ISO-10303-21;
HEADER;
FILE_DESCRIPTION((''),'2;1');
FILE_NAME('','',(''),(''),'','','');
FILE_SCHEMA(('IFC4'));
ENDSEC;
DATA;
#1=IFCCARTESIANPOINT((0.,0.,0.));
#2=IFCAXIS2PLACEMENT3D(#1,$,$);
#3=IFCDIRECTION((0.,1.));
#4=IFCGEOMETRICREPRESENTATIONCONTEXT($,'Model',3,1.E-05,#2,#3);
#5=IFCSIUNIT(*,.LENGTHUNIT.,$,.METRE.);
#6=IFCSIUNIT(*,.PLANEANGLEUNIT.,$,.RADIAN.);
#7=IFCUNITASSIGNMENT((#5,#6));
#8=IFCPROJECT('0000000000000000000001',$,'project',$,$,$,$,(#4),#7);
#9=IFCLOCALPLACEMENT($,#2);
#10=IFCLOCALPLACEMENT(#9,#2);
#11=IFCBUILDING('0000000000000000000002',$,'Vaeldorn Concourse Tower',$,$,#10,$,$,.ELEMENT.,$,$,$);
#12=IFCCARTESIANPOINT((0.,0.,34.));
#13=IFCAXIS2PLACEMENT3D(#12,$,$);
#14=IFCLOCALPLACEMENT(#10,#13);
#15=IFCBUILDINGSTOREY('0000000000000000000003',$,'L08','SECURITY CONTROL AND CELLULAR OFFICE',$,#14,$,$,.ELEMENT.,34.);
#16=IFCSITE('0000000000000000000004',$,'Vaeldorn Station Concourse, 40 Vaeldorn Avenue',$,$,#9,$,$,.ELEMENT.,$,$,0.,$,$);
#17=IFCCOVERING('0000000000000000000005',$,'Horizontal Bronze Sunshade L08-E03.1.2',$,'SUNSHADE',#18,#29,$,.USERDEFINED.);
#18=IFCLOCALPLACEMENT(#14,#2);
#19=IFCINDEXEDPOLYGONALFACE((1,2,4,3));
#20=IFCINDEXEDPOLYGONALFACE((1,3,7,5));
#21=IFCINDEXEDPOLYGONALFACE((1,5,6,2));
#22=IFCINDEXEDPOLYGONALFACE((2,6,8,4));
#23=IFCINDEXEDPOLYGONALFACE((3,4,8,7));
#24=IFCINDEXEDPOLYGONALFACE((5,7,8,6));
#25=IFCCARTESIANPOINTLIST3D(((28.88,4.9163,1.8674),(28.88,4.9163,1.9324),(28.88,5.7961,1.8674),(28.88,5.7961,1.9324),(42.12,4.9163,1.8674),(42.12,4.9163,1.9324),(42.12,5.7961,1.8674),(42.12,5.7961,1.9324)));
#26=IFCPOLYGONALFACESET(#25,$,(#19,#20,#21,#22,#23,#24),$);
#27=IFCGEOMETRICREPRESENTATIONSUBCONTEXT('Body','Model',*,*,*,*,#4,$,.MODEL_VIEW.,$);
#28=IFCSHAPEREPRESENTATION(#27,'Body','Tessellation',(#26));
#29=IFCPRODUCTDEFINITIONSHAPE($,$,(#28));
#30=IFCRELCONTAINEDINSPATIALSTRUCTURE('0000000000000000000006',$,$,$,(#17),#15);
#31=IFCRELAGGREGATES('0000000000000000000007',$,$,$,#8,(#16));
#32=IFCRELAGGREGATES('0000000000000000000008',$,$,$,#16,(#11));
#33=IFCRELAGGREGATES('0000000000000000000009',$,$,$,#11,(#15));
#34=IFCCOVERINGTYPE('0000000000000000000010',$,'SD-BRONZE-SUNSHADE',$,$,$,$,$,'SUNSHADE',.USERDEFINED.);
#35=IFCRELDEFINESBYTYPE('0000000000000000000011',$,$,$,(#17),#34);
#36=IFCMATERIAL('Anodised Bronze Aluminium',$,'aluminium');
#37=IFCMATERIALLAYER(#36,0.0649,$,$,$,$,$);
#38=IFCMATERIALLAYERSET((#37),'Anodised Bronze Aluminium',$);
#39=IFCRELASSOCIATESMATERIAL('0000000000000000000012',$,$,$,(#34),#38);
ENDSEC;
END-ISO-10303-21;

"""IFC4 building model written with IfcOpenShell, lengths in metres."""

from ifc_helpers import new_model, si_unit, direction, frame, origin, origin_2d, place, context, subcontext, project, spatial, rectangle, extrude, source, transform, mapped, material, layer, layer_set, type_object, element, save


model = new_model("IFC4")

# Units and contexts
model_context = context("Model", 3, precision=1e-05, world=origin(), true_north=direction((0.0, 1.0)))
body_context = subcontext(model_context, "Body", "Model", "MODEL_VIEW")
ifc_project = project(units=[si_unit("LENGTHUNIT", "METRE"), si_unit("PLANEANGLEUNIT", "RADIAN")], contexts=[model_context])

# Site, building, storey
site_placement = place(None, origin())
site = spatial("IfcSite", under=ifc_project, at=site_placement, Name="Vaeldorn Station Concourse, 40 Vaeldorn Avenue", CompositionType="ELEMENT", RefElevation=0.0)
building_placement = place(site_placement, origin())
building = spatial("IfcBuilding", under=site, at=building_placement, Name="Vaeldorn Concourse Tower", CompositionType="ELEMENT")
storey_placement = place(building_placement, frame((0.0, 0.0, 34.0)))
storey = spatial("IfcBuildingStorey", under=building, at=storey_placement, Name="L08", Description="SECURITY CONTROL AND CELLULAR OFFICE", CompositionType="ELEMENT", Elevation=34.0)

# Shared definitions
ifc_material_1 = material(Name="Anodised Bronze Aluminium", Category="aluminium")

# Covering
ifc_layer_1 = layer(ifc_material_1, 0.0649)
ifc_layer_set_1 = layer_set([ifc_layer_1], Name="Anodised Bronze Aluminium")
covering_type = type_object("IfcCoveringType", Name="SD-BRONZE-SUNSHADE", ElementType="SUNSHADE", PredefinedType="USERDEFINED", material=ifc_layer_set_1)
shared_shape_1 = source(origin(), body_context, "Body", "SweptSolid", [
    extrude(rectangle(XDim=13.24, YDim=0.8799, at=origin_2d()), origin(), (0.0, 0.0, 1.0), 0.0649),
])
for number, where, z_axis, x_axis, name in (
    (1, (35.5, 5.3562, 1.8674), (0.0, 0.0, 1.0), (1.0, 0.0, 0.0), "Horizontal Bronze Sunshade L08-E03.1.2"),
):
    element("IfcCovering", number, at=place(storey_placement, frame(where, z_axis=z_axis, x_axis=x_axis)), inside=storey, type_object=covering_type, Name=name, ObjectType="SUNSHADE", PredefinedType="USERDEFINED", context=body_context, shape_type="MappedRepresentation", body=[
        mapped(shared_shape_1, transform((0.0, 0.0, 0.0), scale=1.0)),
    ])

save(model, "model.ifc")
